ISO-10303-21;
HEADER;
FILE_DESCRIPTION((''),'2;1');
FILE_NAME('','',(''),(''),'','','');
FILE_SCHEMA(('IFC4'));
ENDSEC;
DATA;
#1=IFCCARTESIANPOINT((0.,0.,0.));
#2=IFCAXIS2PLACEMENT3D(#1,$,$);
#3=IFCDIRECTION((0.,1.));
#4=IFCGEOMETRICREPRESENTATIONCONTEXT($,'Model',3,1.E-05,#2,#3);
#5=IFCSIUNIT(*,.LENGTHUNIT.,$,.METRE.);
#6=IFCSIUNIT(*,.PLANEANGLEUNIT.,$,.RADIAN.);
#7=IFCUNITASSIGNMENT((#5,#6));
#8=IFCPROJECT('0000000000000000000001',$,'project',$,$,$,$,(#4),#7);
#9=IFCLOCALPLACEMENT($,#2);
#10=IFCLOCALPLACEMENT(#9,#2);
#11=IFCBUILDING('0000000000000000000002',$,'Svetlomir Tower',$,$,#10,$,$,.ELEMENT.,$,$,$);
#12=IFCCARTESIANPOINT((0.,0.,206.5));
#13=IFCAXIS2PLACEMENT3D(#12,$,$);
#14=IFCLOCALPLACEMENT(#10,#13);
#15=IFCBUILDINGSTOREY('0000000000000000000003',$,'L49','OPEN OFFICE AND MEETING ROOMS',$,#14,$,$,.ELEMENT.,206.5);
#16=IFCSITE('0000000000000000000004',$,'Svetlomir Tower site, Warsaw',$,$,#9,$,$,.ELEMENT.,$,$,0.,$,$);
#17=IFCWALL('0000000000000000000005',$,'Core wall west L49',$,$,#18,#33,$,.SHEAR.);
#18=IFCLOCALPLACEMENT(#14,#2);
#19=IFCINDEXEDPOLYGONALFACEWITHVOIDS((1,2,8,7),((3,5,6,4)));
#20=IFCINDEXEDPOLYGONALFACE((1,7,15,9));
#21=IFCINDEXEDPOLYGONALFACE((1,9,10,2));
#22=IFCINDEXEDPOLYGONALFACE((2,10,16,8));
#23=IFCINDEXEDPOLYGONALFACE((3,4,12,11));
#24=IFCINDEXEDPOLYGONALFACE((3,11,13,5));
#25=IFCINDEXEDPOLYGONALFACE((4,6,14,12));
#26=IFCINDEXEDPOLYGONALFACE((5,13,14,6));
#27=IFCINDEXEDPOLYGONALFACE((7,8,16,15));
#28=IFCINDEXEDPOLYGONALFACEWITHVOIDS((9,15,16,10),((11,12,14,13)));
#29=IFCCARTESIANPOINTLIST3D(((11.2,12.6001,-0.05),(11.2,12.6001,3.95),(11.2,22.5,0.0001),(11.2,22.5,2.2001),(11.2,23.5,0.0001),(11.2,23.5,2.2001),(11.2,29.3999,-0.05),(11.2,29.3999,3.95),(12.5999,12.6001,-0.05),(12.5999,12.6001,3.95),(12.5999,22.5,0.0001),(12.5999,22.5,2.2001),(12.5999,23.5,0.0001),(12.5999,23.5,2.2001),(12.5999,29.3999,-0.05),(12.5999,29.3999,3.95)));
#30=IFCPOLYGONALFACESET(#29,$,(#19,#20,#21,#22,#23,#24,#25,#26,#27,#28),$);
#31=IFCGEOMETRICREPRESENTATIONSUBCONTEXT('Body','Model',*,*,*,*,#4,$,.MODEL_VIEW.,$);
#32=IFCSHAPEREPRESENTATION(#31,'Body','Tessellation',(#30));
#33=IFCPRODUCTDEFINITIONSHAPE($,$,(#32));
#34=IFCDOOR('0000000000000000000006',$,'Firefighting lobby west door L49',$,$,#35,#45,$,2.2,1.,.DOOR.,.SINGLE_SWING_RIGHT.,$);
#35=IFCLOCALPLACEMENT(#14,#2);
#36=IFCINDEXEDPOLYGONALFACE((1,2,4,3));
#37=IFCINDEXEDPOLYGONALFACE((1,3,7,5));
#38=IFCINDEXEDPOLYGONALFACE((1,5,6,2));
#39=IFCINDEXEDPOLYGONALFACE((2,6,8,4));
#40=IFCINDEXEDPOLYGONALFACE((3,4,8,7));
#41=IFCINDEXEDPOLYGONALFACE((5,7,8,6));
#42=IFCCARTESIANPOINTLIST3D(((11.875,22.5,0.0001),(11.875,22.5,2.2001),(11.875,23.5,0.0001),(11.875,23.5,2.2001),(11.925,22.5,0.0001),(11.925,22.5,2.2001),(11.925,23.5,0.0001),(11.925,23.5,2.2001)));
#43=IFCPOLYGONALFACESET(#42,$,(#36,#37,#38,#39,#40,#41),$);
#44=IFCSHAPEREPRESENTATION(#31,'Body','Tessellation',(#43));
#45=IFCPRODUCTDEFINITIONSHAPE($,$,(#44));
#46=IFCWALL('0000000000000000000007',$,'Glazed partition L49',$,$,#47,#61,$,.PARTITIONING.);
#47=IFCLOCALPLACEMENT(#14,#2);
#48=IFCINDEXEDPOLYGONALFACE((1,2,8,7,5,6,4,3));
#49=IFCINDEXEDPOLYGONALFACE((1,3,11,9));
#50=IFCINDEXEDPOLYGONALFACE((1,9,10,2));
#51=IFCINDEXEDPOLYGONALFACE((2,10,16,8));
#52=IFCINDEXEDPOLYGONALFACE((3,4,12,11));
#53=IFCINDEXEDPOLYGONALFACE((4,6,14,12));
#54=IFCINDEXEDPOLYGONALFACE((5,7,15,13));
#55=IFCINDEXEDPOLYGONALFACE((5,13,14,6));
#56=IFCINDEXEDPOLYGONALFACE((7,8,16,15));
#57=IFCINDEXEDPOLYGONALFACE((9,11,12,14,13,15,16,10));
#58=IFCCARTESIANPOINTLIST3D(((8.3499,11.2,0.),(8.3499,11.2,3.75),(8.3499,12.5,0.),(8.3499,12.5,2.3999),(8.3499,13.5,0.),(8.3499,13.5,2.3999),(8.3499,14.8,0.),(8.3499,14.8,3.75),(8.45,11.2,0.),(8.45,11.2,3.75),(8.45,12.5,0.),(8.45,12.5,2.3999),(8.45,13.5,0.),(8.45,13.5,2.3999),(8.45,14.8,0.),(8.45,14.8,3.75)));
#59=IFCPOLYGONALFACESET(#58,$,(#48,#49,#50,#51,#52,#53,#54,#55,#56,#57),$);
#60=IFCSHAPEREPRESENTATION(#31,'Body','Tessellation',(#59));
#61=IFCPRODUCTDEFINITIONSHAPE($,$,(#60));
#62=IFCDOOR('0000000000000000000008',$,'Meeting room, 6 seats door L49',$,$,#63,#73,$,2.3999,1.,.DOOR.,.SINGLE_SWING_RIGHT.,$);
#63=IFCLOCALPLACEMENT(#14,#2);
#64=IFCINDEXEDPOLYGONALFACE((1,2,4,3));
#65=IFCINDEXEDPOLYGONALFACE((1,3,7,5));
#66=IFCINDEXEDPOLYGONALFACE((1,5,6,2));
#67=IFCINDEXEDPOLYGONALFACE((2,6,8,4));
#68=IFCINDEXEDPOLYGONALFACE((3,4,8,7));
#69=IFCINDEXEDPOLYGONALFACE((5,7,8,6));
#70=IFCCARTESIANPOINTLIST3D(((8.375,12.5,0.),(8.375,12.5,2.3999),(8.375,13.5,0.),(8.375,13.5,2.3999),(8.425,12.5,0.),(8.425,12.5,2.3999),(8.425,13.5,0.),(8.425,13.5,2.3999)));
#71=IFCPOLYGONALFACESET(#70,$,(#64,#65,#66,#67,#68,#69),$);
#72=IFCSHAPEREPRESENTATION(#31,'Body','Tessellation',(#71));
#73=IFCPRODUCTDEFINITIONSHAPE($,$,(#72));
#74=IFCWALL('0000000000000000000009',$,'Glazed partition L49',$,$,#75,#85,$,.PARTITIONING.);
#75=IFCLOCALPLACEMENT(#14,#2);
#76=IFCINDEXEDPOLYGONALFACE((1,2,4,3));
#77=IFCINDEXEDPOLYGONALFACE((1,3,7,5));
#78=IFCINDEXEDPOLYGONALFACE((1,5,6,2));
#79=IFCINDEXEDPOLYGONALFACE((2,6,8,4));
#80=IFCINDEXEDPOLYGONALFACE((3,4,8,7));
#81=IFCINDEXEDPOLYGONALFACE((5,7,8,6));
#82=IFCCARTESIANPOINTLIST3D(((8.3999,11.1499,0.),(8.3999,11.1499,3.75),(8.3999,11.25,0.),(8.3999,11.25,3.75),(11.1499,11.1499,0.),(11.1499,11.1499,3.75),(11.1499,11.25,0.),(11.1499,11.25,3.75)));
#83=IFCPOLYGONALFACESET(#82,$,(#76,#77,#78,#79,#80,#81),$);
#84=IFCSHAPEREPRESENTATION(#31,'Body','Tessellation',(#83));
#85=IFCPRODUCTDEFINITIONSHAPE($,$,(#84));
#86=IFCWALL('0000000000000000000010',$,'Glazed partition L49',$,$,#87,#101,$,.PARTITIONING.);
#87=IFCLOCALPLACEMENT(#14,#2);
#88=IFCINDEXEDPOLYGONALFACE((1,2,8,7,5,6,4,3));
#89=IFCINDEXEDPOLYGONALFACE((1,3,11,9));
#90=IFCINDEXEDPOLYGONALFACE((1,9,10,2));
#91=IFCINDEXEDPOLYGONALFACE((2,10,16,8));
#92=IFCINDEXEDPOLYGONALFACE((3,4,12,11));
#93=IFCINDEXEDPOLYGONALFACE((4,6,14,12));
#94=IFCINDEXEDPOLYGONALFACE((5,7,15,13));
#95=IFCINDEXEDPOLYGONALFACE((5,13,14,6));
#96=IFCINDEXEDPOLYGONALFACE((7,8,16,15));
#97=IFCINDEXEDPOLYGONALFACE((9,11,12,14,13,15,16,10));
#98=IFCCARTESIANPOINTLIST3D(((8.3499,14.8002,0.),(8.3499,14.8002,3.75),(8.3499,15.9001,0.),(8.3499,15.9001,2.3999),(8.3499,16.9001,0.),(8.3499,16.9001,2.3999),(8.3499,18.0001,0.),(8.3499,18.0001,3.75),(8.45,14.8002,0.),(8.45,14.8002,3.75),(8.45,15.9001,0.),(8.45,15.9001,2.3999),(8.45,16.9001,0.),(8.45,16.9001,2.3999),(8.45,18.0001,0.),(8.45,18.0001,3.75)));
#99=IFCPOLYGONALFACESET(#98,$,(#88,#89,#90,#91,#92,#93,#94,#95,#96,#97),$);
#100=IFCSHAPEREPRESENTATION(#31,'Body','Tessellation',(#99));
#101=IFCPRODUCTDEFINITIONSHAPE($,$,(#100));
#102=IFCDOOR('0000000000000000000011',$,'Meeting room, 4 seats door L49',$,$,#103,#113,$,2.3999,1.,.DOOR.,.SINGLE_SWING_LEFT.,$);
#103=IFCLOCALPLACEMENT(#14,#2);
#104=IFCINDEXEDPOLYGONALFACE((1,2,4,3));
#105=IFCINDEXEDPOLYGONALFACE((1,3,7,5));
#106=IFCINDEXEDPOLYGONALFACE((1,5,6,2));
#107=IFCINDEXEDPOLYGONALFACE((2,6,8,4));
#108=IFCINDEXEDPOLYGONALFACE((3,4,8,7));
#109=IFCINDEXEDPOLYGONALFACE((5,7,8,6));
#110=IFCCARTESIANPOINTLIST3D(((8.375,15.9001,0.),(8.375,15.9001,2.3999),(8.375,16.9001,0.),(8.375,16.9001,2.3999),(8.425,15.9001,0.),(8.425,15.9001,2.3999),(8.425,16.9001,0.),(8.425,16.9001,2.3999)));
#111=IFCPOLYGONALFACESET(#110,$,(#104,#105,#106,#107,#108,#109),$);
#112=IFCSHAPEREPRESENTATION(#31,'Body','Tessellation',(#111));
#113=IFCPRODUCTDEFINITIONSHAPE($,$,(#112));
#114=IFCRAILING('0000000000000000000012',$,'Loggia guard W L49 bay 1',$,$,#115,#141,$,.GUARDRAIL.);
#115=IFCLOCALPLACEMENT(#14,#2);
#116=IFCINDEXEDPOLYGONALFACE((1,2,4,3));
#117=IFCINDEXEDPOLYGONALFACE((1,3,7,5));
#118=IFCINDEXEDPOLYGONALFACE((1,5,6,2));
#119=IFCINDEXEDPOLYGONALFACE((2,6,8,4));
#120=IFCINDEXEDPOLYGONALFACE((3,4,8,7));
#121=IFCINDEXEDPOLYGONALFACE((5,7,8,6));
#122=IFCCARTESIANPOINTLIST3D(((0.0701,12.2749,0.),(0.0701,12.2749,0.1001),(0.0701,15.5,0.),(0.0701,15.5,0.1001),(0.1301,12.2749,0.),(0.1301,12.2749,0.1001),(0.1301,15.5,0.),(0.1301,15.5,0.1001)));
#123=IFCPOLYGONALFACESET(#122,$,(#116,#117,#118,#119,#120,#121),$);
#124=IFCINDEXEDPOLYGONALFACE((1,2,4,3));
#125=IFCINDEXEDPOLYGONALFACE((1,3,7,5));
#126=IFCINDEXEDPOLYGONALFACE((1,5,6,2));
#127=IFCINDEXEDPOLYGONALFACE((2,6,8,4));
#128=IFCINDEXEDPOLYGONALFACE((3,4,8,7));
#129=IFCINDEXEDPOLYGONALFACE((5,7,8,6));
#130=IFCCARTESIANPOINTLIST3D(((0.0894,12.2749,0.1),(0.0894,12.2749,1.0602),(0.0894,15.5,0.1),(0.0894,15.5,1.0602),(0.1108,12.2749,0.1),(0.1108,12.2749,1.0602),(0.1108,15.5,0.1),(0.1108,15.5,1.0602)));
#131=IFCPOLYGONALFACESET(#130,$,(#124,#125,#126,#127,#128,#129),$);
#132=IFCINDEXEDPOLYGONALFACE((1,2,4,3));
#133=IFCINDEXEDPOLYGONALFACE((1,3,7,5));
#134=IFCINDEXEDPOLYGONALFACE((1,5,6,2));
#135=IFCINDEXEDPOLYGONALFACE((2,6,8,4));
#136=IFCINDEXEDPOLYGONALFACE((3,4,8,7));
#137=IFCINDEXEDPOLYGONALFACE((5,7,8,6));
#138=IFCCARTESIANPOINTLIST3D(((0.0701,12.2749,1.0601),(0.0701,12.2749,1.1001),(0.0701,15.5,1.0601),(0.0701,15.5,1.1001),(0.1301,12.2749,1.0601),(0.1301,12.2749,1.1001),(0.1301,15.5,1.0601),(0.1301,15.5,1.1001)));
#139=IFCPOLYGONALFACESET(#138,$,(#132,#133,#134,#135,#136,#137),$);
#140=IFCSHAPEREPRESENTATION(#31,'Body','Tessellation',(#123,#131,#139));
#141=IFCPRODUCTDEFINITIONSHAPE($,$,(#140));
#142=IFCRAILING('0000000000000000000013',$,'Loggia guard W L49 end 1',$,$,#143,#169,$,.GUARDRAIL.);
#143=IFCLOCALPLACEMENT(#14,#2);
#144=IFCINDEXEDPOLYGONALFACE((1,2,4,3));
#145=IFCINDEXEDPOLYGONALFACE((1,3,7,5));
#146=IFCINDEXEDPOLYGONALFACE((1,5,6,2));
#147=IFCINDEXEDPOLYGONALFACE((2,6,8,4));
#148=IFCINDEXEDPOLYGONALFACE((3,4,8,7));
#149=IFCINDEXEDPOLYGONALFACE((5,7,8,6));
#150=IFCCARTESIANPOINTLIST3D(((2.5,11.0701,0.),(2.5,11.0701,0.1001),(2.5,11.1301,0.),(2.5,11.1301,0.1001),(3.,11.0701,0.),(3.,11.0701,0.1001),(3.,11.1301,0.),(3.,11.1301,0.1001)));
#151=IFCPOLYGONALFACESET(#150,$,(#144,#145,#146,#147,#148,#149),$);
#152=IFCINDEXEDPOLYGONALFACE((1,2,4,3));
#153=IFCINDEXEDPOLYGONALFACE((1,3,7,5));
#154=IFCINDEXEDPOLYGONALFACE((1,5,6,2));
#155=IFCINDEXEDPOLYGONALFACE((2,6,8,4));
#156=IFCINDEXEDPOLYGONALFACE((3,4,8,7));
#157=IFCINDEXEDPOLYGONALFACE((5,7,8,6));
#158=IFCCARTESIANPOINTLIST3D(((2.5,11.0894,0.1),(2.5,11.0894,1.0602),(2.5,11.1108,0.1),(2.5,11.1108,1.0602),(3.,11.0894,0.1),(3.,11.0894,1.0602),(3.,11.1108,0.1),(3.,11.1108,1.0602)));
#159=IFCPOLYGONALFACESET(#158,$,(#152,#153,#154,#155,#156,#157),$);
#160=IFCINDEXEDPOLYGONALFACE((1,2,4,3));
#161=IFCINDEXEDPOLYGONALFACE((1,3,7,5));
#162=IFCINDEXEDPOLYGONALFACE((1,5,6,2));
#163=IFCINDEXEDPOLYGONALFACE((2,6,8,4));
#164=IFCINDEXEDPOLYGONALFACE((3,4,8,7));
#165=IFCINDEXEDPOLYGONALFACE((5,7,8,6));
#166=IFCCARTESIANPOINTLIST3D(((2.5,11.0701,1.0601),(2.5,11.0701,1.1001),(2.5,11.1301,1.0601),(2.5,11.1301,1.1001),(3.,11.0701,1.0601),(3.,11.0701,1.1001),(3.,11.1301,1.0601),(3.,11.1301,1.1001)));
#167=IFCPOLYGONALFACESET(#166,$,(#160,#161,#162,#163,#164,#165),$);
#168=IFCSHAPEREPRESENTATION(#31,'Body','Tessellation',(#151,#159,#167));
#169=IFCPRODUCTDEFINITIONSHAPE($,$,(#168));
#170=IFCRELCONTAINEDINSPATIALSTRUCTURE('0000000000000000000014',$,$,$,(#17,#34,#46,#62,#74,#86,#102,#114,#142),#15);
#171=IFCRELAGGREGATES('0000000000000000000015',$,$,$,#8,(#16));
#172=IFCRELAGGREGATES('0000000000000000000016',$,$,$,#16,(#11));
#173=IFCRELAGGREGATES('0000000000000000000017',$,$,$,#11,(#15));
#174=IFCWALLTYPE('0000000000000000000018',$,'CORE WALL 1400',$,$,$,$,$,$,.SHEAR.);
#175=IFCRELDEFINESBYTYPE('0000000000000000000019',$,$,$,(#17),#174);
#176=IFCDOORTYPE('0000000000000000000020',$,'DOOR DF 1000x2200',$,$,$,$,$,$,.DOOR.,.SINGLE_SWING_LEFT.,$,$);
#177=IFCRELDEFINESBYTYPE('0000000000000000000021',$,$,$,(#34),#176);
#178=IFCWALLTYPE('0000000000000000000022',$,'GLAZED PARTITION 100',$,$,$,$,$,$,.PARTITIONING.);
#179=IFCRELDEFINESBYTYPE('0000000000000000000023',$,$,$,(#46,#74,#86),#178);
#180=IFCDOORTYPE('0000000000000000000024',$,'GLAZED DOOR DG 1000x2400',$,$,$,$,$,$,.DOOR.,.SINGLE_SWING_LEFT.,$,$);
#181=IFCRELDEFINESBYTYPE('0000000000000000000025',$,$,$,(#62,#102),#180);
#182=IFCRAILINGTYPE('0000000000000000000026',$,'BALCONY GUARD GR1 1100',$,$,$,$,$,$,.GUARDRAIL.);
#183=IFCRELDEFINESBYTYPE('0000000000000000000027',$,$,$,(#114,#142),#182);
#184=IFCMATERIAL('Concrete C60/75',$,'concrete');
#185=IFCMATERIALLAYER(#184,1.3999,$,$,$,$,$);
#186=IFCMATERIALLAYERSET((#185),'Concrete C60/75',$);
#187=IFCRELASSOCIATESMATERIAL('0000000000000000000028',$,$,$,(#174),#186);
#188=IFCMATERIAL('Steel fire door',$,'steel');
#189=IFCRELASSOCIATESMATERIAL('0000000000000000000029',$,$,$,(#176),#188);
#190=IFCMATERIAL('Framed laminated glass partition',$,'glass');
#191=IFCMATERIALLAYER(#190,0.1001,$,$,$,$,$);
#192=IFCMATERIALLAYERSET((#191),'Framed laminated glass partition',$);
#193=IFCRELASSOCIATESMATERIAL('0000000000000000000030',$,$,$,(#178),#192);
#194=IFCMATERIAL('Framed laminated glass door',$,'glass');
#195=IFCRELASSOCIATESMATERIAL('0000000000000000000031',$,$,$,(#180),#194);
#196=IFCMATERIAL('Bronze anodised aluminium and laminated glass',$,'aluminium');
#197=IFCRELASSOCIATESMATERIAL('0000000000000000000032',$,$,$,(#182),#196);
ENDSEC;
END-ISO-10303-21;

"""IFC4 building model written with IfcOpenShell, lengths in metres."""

from ifc_helpers import new_model, si_unit, direction, frame, frame_2d, origin, origin_2d, place, context, subcontext, project, spatial, rectangle, extrude, material, layer, layer_set, type_object, element, fill, save


model = new_model("IFC4")

# Units and contexts
model_context = context("Model", 3, precision=1e-05, world=origin(), true_north=direction((0.0, 1.0)))
body_context = subcontext(model_context, "Body", "Model", "MODEL_VIEW")
ifc_project = project(units=[si_unit("LENGTHUNIT", "METRE"), si_unit("PLANEANGLEUNIT", "RADIAN")], contexts=[model_context])

# Site, building, storey
site_placement = place(None, origin())
site = spatial("IfcSite", under=ifc_project, at=site_placement, Name="Svetlomir Tower site, Warsaw", CompositionType="ELEMENT", RefElevation=0.0)
building_placement = place(site_placement, origin())
building = spatial("IfcBuilding", under=site, at=building_placement, Name="Svetlomir Tower", CompositionType="ELEMENT")
storey_placement = place(building_placement, frame((0.0, 0.0, 206.5)))
storey = spatial("IfcBuildingStorey", under=building, at=storey_placement, Name="L49", Description="OPEN OFFICE AND MEETING ROOMS", CompositionType="ELEMENT", Elevation=206.5)

# Walls, openings, doors
ifc_material_1 = material(Name="Concrete C60/75", Category="concrete")
ifc_layer_1 = layer(ifc_material_1, 1.3999)
ifc_layer_set_1 = layer_set([ifc_layer_1], Name="Concrete C60/75")
wall_type_1 = type_object("IfcWallType", Name="CORE WALL 1400", PredefinedType="SHEAR", material=ifc_layer_set_1)
wall_1_placement = place(storey_placement, frame((11.8999, 12.6001, -0.05), z_axis=(0.0, 0.0, 1.0), x_axis=(0.0, 1.0, 0.0)))
wall_1 = element("IfcWall", 1, at=wall_1_placement, inside=storey, type_object=wall_type_1, Name="Core wall west L49", PredefinedType="SHEAR", context=body_context, shape_type="SweptSolid", body=[
    extrude(rectangle(XDim=16.7998, YDim=1.3999, at=frame_2d((8.3999, 0.0))), origin(), (0.0, 0.0, 1.0), 4.0),
])
opening_1_placement = place(wall_1_placement, frame((9.8999, 0.0, 0.05)))
opening_1 = element("IfcOpeningElement", 2, at=opening_1_placement, cuts=wall_1, PredefinedType="OPENING", context=body_context, shape_type="SweptSolid", body=[
    extrude(rectangle(XDim=1.0, YDim=2.2, at=frame_2d((0.5, 1.1001))), frame((0.0, 0.71, 0.0), z_axis=(0.0, -1.0, 0.0), x_axis=(1.0, 0.0, 0.0)), (0.0, 0.0, 1.0), 1.4199),
])
ifc_material_2 = material(Name="Steel fire door", Category="steel")
door_type_1 = type_object("IfcDoorType", Name="DOOR DF 1000x2200", OperationType="SINGLE_SWING_LEFT", PredefinedType="DOOR", material=ifc_material_2)
door_1_placement = place(opening_1_placement, origin())
door_1 = element("IfcDoor", 3, at=door_1_placement, inside=storey, type_object=door_type_1, Name="Firefighting lobby west door L49", OperationType="SINGLE_SWING_RIGHT", OverallHeight=2.2, OverallWidth=1.0, PredefinedType="DOOR", context=body_context, shape_type="SweptSolid", body=[
    extrude(rectangle(XDim=1.0, YDim=2.2, at=frame_2d((0.5, 1.1001))), frame((0.0, 0.0249, 0.0), z_axis=(0.0, -1.0, 0.0), x_axis=(1.0, 0.0, 0.0)), (0.0, 0.0, 1.0), 0.05),
])
fill(opening_1, door_1)
ifc_material_3 = material(Name="Framed laminated glass partition", Category="glass")
ifc_layer_2 = layer(ifc_material_3, 0.1001)
ifc_layer_set_2 = layer_set([ifc_layer_2], Name="Framed laminated glass partition")
wall_type_2 = type_object("IfcWallType", Name="GLAZED PARTITION 100", PredefinedType="PARTITIONING", material=ifc_layer_set_2)
wall_2_placement = place(storey_placement, frame((8.3999, 11.2, 0.0), z_axis=(0.0, 0.0, 1.0), x_axis=(0.0, 1.0, 0.0)))
wall_2 = element("IfcWall", 4, at=wall_2_placement, inside=storey, type_object=wall_type_2, Name="Glazed partition L49", PredefinedType="PARTITIONING", context=body_context, shape_type="SweptSolid", body=[
    extrude(rectangle(XDim=3.6001, YDim=0.1001, at=frame_2d((1.8, 0.0))), origin(), (0.0, 0.0, 1.0), 3.75),
])
opening_2_placement = place(wall_2_placement, frame((1.3, 0.0, 0.0)))
opening_2 = element("IfcOpeningElement", 5, at=opening_2_placement, cuts=wall_2, PredefinedType="OPENING", context=body_context, shape_type="SweptSolid", body=[
    extrude(rectangle(XDim=1.0, YDim=2.3999, at=frame_2d((0.5, 1.2))), frame((0.0, 0.0601, 0.0), z_axis=(0.0, -1.0, 0.0), x_axis=(1.0, 0.0, 0.0)), (0.0, 0.0, 1.0), 0.1201),
])
ifc_material_4 = material(Name="Framed laminated glass door", Category="glass")
door_type_2 = type_object("IfcDoorType", Name="GLAZED DOOR DG 1000x2400", OperationType="SINGLE_SWING_LEFT", PredefinedType="DOOR", material=ifc_material_4)
door_2_placement = place(opening_2_placement, origin())
door_2 = element("IfcDoor", 6, at=door_2_placement, inside=storey, type_object=door_type_2, Name="Meeting room, 6 seats door L49", OperationType="SINGLE_SWING_RIGHT", OverallHeight=2.3999, OverallWidth=1.0, PredefinedType="DOOR", context=body_context, shape_type="SweptSolid", body=[
    extrude(rectangle(XDim=1.0, YDim=2.3999, at=frame_2d((0.5, 1.2))), frame((0.0, 0.0249, 0.0), z_axis=(0.0, -1.0, 0.0), x_axis=(1.0, 0.0, 0.0)), (0.0, 0.0, 1.0), 0.05),
])
fill(opening_2, door_2)

# Wall
wall_3_placement = place(storey_placement, frame((8.3999, 11.2, 0.0), z_axis=(0.0, 0.0, 1.0), x_axis=(1.0, 0.0, 0.0)))
element("IfcWall", 7, at=wall_3_placement, inside=storey, type_object=wall_type_2, Name="Glazed partition L49", PredefinedType="PARTITIONING", context=body_context, shape_type="SweptSolid", body=[
    extrude(rectangle(XDim=2.75, YDim=0.1001, at=frame_2d((1.375, 0.0))), origin(), (0.0, 0.0, 1.0), 3.75),
])

# Wall, opening, door
wall_4_placement = place(storey_placement, frame((8.3999, 14.8, 0.0), z_axis=(0.0, 0.0, 1.0), x_axis=(0.0, 1.0, 0.0)))
wall_4 = element("IfcWall", 8, at=wall_4_placement, inside=storey, type_object=wall_type_2, Name="Glazed partition L49", PredefinedType="PARTITIONING", context=body_context, shape_type="SweptSolid", body=[
    extrude(rectangle(XDim=3.2, YDim=0.1001, at=frame_2d((1.6001, 0.0))), origin(), (0.0, 0.0, 1.0), 3.75),
])
opening_3_placement = place(wall_4_placement, frame((1.1001, 0.0, 0.0)))
opening_3 = element("IfcOpeningElement", 9, at=opening_3_placement, cuts=wall_4, PredefinedType="OPENING", context=body_context, shape_type="SweptSolid", body=[
    extrude(rectangle(XDim=1.0, YDim=2.3999, at=frame_2d((0.5, 1.2))), frame((0.0, 0.0601, 0.0), z_axis=(0.0, -1.0, 0.0), x_axis=(1.0, 0.0, 0.0)), (0.0, 0.0, 1.0), 0.1201),
])
door_3_placement = place(opening_3_placement, origin())
door_3 = element("IfcDoor", 10, at=door_3_placement, inside=storey, type_object=door_type_2, Name="Meeting room, 4 seats door L49", OperationType="SINGLE_SWING_LEFT", OverallHeight=2.3999, OverallWidth=1.0, PredefinedType="DOOR", context=body_context, shape_type="SweptSolid", body=[
    extrude(rectangle(XDim=1.0, YDim=2.3999, at=frame_2d((0.5, 1.2))), frame((0.0, 0.0249, 0.0), z_axis=(0.0, -1.0, 0.0), x_axis=(1.0, 0.0, 0.0)), (0.0, 0.0, 1.0), 0.05),
])
fill(opening_3, door_3)

# Railings
ifc_material_5 = material(Name="Bronze anodised aluminium and laminated glass", Category="aluminium")
railing_type = type_object("IfcRailingType", Name="BALCONY GUARD GR1 1100", PredefinedType="GUARDRAIL", material=ifc_material_5)
railing_1_placement = place(storey_placement, frame((0.1001, 12.2749, 0.0)))
element("IfcRailing", 11, at=railing_1_placement, inside=storey, type_object=railing_type, Name="Loggia guard W L49 bay 1", PredefinedType="GUARDRAIL", context=body_context, shape_type="SweptSolid", body=[
    extrude(rectangle(XDim=0.0601, YDim=0.1001, at=origin_2d()), frame((0.0, 0.0, 0.05), z_axis=(0.0, 1.0, 0.0), x_axis=(-1.0, 0.0, 0.0)), (0.0, 0.0, 1.0), 3.2251),
    extrude(rectangle(XDim=0.0215, YDim=0.9602, at=origin_2d()), frame((0.0, 0.0, 0.5801), z_axis=(0.0, 1.0, 0.0), x_axis=(-1.0, 0.0, 0.0)), (0.0, 0.0, 1.0), 3.2251),
    extrude(rectangle(XDim=0.0601, YDim=0.04, at=origin_2d()), frame((0.0, 0.0, 1.0801), z_axis=(0.0, 1.0, 0.0), x_axis=(-1.0, 0.0, 0.0)), (0.0, 0.0, 1.0), 3.2251),
])
railing_2_placement = place(storey_placement, frame((2.5, 11.1001, 0.0)))
element("IfcRailing", 12, at=railing_2_placement, inside=storey, type_object=railing_type, Name="Loggia guard W L49 end 1", PredefinedType="GUARDRAIL", context=body_context, shape_type="SweptSolid", body=[
    extrude(rectangle(XDim=0.0601, YDim=0.1001, at=origin_2d()), frame((0.0, 0.0, 0.05), z_axis=(1.0, 0.0, 0.0), x_axis=(0.0, 1.0, 0.0)), (0.0, 0.0, 1.0), 0.5),
    extrude(rectangle(XDim=0.0215, YDim=0.9602, at=origin_2d()), frame((0.0, 0.0, 0.5801), z_axis=(1.0, 0.0, 0.0), x_axis=(0.0, 1.0, 0.0)), (0.0, 0.0, 1.0), 0.5),
    extrude(rectangle(XDim=0.0601, YDim=0.04, at=origin_2d()), frame((0.0, 0.0, 1.0801), z_axis=(1.0, 0.0, 0.0), x_axis=(0.0, 1.0, 0.0)), (0.0, 0.0, 1.0), 0.5),
])

save(model, "model.ifc")
